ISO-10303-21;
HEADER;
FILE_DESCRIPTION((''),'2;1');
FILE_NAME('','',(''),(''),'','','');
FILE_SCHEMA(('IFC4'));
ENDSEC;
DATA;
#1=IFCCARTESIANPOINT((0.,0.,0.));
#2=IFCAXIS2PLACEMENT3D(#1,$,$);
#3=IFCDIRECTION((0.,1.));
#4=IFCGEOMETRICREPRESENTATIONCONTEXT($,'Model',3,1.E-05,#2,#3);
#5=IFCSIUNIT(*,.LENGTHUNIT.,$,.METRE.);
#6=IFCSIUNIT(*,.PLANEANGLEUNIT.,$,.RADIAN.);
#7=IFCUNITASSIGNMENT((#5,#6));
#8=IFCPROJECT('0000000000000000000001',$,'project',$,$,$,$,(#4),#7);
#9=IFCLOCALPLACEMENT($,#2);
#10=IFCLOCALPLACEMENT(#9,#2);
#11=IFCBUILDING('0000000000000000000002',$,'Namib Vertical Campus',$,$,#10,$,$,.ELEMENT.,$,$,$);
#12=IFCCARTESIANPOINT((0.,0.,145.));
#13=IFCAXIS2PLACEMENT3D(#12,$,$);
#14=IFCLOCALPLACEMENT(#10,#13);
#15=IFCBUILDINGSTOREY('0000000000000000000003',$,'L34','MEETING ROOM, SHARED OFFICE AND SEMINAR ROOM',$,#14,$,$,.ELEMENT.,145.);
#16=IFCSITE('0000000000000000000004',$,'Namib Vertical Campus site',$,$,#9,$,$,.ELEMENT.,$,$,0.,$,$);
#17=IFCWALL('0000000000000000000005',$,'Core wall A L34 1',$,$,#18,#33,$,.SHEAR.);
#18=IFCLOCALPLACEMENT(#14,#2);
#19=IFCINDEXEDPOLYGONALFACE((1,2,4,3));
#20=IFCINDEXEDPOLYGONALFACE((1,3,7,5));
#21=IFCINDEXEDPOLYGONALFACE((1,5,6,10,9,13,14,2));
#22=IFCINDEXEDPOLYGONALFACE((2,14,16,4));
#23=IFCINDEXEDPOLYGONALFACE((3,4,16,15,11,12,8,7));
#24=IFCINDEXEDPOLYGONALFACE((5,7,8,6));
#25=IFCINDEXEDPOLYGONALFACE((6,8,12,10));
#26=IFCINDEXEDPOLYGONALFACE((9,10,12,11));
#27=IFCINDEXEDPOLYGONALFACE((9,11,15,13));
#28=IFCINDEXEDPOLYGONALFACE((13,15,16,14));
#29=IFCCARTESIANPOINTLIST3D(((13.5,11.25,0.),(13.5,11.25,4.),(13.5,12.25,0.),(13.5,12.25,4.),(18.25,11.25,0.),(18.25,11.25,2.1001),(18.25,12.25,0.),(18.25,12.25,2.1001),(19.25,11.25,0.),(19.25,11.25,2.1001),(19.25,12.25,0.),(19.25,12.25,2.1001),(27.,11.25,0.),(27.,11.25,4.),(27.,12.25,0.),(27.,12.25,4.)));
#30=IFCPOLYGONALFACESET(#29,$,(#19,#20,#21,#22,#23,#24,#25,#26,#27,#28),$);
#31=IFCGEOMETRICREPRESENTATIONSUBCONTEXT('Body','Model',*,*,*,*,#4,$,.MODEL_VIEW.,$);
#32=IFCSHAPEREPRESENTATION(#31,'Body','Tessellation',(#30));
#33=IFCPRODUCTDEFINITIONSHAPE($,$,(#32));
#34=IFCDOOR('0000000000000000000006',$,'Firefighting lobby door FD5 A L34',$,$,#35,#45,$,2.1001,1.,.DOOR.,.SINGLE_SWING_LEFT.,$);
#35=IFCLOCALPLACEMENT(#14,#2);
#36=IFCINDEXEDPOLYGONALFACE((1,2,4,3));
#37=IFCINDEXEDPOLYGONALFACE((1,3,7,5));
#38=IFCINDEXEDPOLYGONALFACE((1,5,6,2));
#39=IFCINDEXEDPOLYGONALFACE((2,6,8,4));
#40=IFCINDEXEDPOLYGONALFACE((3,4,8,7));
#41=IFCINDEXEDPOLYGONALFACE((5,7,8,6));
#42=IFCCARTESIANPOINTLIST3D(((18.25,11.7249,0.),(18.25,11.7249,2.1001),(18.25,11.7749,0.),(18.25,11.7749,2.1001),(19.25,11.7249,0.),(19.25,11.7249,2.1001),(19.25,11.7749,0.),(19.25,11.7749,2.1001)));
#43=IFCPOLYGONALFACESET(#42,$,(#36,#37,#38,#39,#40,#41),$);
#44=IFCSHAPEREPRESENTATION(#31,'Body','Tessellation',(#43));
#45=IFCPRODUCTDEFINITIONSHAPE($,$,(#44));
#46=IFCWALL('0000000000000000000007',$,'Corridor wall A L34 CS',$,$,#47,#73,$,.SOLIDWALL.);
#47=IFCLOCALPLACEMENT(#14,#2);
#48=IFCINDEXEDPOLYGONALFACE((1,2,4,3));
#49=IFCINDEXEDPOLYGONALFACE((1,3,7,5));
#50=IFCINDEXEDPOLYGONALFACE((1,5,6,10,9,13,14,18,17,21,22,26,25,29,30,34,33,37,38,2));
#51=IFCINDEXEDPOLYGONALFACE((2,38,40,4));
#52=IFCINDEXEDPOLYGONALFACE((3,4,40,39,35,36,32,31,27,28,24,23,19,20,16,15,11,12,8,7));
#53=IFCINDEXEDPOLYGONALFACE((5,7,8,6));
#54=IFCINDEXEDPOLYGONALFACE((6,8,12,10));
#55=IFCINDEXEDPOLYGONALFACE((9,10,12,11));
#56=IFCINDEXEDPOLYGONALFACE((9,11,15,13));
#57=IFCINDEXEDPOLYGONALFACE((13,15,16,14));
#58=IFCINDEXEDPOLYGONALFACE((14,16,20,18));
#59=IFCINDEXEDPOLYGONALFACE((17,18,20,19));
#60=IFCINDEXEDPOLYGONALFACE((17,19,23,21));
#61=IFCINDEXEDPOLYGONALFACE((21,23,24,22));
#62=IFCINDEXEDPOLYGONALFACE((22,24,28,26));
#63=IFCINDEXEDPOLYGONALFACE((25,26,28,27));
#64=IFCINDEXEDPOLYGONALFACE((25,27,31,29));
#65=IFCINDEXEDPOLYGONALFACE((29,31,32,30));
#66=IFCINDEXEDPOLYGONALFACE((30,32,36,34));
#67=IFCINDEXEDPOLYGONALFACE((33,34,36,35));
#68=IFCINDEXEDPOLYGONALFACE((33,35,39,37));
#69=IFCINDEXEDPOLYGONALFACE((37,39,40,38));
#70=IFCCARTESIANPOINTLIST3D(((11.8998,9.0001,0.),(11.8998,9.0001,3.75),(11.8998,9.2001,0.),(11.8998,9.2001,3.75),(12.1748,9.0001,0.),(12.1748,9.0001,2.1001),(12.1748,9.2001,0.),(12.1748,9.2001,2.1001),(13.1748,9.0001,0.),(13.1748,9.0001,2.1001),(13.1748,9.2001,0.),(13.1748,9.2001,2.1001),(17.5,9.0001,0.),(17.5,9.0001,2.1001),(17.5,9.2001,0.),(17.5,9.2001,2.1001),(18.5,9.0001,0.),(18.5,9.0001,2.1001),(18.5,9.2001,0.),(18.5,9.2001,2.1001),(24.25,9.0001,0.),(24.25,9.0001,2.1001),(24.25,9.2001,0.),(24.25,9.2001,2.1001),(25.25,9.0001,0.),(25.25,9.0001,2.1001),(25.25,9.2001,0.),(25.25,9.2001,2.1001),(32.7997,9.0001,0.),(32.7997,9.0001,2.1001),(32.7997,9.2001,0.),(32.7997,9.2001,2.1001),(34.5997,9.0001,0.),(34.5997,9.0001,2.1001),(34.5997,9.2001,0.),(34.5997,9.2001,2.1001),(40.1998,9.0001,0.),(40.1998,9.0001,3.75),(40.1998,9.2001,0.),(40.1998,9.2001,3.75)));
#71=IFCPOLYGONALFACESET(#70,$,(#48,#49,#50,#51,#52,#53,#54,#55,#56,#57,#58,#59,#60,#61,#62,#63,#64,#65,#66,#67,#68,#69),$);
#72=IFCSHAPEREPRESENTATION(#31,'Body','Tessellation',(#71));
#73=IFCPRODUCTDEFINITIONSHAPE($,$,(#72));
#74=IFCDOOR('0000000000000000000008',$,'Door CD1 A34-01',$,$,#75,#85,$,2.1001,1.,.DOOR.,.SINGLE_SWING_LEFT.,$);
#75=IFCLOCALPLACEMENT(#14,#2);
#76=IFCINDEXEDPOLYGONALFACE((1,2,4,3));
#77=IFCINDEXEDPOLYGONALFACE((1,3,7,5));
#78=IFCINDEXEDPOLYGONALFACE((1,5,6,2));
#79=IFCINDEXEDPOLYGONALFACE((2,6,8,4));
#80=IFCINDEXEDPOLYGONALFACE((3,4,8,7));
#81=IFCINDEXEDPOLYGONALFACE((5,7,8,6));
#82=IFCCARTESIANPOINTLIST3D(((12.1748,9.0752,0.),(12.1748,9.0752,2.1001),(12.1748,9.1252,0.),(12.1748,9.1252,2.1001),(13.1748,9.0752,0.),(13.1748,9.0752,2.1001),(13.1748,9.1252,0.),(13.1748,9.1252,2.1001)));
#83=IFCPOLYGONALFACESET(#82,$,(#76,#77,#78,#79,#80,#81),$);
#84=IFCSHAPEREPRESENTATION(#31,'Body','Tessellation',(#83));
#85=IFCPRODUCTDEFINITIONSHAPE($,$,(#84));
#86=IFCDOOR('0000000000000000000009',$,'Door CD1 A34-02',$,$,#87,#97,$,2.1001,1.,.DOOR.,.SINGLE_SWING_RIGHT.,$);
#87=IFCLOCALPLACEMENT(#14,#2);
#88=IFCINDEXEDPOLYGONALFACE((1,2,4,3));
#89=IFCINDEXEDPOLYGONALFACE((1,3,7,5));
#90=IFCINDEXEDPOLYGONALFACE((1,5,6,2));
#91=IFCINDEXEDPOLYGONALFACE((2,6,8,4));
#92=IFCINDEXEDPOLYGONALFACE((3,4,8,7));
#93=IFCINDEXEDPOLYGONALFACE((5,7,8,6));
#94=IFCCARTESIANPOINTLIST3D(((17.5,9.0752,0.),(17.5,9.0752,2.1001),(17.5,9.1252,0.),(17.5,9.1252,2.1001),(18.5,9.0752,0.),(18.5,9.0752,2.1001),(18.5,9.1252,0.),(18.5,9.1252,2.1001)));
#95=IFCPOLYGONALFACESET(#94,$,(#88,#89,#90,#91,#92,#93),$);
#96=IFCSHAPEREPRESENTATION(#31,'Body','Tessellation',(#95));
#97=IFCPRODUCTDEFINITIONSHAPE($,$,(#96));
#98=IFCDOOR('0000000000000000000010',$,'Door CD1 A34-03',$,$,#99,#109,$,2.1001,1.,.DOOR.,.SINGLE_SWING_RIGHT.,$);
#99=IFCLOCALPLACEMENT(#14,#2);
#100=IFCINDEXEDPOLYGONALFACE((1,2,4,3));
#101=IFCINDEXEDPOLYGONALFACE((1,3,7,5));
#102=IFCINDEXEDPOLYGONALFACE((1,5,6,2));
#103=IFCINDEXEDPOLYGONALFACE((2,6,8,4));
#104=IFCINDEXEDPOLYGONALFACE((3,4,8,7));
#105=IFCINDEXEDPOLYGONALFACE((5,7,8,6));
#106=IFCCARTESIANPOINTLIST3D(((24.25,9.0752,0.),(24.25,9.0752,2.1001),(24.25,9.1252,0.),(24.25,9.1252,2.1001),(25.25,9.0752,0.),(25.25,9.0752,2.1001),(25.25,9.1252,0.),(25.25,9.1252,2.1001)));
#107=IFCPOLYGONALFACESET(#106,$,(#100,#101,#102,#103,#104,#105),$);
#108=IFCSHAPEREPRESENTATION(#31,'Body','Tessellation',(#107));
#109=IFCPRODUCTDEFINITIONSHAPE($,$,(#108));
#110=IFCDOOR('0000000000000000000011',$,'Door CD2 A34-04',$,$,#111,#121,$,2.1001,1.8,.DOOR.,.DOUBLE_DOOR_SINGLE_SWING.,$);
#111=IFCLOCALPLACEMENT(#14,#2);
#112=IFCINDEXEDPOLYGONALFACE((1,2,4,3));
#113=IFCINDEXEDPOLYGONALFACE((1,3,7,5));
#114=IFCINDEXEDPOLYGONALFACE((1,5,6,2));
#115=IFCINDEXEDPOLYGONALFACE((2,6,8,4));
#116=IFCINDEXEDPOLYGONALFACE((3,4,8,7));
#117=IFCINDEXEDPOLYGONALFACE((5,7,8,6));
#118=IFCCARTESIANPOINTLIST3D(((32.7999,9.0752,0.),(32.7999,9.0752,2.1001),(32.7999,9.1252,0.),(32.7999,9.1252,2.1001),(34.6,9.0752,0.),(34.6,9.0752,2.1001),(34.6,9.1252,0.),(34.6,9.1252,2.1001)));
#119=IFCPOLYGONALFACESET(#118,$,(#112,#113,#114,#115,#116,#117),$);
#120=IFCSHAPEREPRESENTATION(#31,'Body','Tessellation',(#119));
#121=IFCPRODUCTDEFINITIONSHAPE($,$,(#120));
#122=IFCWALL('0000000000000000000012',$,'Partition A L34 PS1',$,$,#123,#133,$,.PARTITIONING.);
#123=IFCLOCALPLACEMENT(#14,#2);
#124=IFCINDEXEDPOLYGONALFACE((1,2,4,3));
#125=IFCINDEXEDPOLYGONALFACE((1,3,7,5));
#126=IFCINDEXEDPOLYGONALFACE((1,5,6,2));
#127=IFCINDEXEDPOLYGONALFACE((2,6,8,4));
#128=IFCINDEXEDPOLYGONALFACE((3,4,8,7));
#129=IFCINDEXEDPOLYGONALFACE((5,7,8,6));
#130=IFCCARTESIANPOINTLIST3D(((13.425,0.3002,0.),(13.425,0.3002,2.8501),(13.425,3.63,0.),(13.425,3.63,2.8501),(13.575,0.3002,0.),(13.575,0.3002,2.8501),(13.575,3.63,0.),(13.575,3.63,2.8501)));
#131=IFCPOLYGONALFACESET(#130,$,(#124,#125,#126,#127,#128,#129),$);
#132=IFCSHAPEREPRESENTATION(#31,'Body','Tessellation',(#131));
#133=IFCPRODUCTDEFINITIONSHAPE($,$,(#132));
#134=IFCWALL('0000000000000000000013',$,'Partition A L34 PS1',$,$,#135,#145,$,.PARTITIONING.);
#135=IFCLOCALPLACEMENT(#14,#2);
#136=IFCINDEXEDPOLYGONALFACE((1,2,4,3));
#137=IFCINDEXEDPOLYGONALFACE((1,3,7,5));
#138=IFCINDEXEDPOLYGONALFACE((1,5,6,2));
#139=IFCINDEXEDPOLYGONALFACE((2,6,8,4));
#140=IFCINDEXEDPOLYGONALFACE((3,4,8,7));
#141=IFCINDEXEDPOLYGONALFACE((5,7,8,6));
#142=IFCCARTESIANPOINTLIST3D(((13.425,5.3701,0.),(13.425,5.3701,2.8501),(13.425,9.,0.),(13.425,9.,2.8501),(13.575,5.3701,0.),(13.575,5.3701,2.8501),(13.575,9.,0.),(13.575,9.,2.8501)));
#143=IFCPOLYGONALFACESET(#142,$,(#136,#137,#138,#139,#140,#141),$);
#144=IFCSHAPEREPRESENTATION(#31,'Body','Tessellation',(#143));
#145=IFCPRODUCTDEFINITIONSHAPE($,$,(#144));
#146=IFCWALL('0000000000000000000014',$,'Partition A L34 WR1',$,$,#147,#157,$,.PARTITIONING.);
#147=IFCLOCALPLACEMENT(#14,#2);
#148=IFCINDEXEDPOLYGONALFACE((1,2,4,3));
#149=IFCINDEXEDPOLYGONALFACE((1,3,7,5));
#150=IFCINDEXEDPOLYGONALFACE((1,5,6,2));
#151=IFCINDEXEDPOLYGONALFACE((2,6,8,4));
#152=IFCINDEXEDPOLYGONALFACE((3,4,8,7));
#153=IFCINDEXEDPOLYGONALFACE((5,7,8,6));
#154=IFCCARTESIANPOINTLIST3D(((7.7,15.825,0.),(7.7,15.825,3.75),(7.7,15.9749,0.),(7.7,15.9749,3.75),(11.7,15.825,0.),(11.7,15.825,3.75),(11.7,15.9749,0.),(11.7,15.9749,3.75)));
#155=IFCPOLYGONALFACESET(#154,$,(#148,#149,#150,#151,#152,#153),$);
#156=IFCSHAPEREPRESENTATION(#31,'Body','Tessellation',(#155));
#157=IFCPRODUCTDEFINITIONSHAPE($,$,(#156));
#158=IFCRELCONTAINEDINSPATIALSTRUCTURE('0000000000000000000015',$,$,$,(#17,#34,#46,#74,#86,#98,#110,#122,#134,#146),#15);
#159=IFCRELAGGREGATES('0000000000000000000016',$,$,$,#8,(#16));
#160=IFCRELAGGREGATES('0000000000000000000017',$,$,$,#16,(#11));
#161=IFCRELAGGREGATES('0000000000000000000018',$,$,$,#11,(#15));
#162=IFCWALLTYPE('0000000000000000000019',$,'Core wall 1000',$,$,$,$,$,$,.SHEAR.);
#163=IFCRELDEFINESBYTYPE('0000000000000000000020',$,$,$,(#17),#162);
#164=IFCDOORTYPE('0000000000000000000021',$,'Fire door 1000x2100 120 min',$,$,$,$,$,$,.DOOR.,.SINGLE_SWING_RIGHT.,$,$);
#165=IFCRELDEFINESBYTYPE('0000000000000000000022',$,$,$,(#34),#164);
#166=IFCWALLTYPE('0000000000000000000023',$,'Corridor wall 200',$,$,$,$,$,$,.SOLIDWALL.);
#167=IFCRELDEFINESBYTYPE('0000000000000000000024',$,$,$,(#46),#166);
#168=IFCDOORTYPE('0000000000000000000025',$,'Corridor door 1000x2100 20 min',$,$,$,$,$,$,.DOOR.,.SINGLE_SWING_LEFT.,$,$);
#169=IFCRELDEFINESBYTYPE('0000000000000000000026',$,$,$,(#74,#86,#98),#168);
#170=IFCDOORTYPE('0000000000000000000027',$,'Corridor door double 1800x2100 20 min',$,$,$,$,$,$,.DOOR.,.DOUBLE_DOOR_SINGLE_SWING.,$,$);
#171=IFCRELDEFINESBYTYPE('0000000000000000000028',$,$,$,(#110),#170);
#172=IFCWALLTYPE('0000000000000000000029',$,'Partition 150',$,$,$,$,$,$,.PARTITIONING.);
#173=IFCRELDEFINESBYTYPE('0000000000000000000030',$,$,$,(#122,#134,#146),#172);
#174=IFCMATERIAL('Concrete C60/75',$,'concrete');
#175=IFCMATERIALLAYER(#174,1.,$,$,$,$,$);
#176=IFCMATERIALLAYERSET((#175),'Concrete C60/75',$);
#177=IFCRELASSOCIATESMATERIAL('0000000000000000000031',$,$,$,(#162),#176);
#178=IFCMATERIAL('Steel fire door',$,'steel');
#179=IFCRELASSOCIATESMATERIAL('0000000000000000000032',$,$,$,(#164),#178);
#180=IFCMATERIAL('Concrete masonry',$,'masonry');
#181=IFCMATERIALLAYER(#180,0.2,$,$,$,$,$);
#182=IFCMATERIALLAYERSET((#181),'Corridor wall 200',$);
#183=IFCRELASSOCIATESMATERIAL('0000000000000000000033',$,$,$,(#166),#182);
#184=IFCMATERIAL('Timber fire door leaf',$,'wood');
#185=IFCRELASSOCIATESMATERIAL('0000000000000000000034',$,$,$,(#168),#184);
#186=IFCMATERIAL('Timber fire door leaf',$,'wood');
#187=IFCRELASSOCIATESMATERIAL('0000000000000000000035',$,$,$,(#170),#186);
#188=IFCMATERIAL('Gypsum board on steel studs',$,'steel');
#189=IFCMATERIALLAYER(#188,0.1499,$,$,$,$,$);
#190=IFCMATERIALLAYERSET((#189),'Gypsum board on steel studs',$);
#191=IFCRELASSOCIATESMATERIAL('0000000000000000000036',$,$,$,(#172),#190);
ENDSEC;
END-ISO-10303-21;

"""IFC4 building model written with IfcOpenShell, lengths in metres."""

from ifc_helpers import new_model, si_unit, direction, frame, frame_2d, origin, place, context, subcontext, project, spatial, rectangle, extrude, material, layer, layer_set, type_object, element, fill, save


model = new_model("IFC4")

# Units and contexts
model_context = context("Model", 3, precision=1e-05, world=origin(), true_north=direction((0.0, 1.0)))
body_context = subcontext(model_context, "Body", "Model", "MODEL_VIEW")
ifc_project = project(units=[si_unit("LENGTHUNIT", "METRE"), si_unit("PLANEANGLEUNIT", "RADIAN")], contexts=[model_context])

# Site, building, storey
site_placement = place(None, origin())
site = spatial("IfcSite", under=ifc_project, at=site_placement, Name="Namib Vertical Campus site", CompositionType="ELEMENT", RefElevation=0.0)
building_placement = place(site_placement, origin())
building = spatial("IfcBuilding", under=site, at=building_placement, Name="Namib Vertical Campus", CompositionType="ELEMENT")
storey_placement = place(building_placement, frame((0.0, 0.0, 145.0)))
storey = spatial("IfcBuildingStorey", under=building, at=storey_placement, Name="L34", Description="MEETING ROOM, SHARED OFFICE AND SEMINAR ROOM", CompositionType="ELEMENT", Elevation=145.0)

# Wall, opening, door
ifc_material_1 = material(Name="Concrete C60/75", Category="concrete")
ifc_layer_1 = layer(ifc_material_1, 1.0)
ifc_layer_set_1 = layer_set([ifc_layer_1], Name="Concrete C60/75")
wall_type_1 = type_object("IfcWallType", Name="Core wall 1000", PredefinedType="SHEAR", material=ifc_layer_set_1)
wall_1_placement = place(storey_placement, frame((13.5, 11.75, 0.0), z_axis=(0.0, 0.0, 1.0), x_axis=(1.0, 0.0, 0.0)))
wall_1 = element("IfcWall", 1, at=wall_1_placement, inside=storey, type_object=wall_type_1, Name="Core wall A L34 1", PredefinedType="SHEAR", context=body_context, shape_type="SweptSolid", body=[
    extrude(rectangle(XDim=13.5, YDim=1.0, at=frame_2d((6.75, 0.0))), origin(), (0.0, 0.0, 1.0), 4.0),
])
opening_1_placement = place(wall_1_placement, frame((4.75, 0.0, 0.0)))
opening_1 = element("IfcOpeningElement", 2, at=opening_1_placement, cuts=wall_1, PredefinedType="OPENING", context=body_context, shape_type="SweptSolid", body=[
    extrude(rectangle(XDim=1.0, YDim=2.1001, at=frame_2d((0.5, 1.05))), frame((0.0, 0.51, 0.0), z_axis=(0.0, -1.0, 0.0), x_axis=(1.0, 0.0, 0.0)), (0.0, 0.0, 1.0), 1.02),
])
ifc_material_2 = material(Name="Steel fire door", Category="steel")
door_type_1 = type_object("IfcDoorType", Name="Fire door 1000x2100 120 min", OperationType="SINGLE_SWING_RIGHT", PredefinedType="DOOR", material=ifc_material_2)
door_1_placement = place(opening_1_placement, origin())
door_1 = element("IfcDoor", 3, at=door_1_placement, inside=storey, type_object=door_type_1, Name="Firefighting lobby door FD5 A L34", OperationType="SINGLE_SWING_LEFT", OverallHeight=2.1001, OverallWidth=1.0, PredefinedType="DOOR", context=body_context, shape_type="SweptSolid", body=[
    extrude(rectangle(XDim=1.0, YDim=2.1001, at=frame_2d((0.5, 1.05))), frame((0.0, 0.0249, 0.0), z_axis=(0.0, -1.0, 0.0), x_axis=(1.0, 0.0, 0.0)), (0.0, 0.0, 1.0), 0.05),
])
fill(opening_1, door_1)

# Wall, openings, doors
ifc_material_3 = material(Name="Concrete masonry", Category="masonry")
ifc_layer_2 = layer(ifc_material_3, 0.2)
ifc_layer_set_2 = layer_set([ifc_layer_2], Name="Corridor wall 200")
wall_type_2 = type_object("IfcWallType", Name="Corridor wall 200", PredefinedType="SOLIDWALL", material=ifc_layer_set_2)
wall_2_placement = place(storey_placement, frame((11.8999, 9.1001, 0.0), z_axis=(0.0, 0.0, 1.0), x_axis=(1.0, 0.0, 0.0)))
wall_2 = element("IfcWall", 4, at=wall_2_placement, inside=storey, type_object=wall_type_2, Name="Corridor wall A L34 CS", PredefinedType="SOLIDWALL", context=body_context, shape_type="SweptSolid", body=[
    extrude(rectangle(XDim=28.3, YDim=0.2, at=frame_2d((14.1499, 0.0))), origin(), (0.0, 0.0, 1.0), 3.75),
])
opening_2_placement = place(wall_2_placement, frame((0.2749, 0.0, 0.0)))
opening_2 = element("IfcOpeningElement", 5, at=opening_2_placement, cuts=wall_2, PredefinedType="OPENING", context=body_context, shape_type="SweptSolid", body=[
    extrude(rectangle(XDim=1.0, YDim=2.1001, at=frame_2d((0.5, 1.05))), frame((0.0, 0.1099, 0.0), z_axis=(0.0, -1.0, 0.0), x_axis=(1.0, 0.0, 0.0)), (0.0, 0.0, 1.0), 0.22),
])
opening_3_placement = place(wall_2_placement, frame((5.6001, 0.0, 0.0)))
opening_3 = element("IfcOpeningElement", 6, at=opening_3_placement, cuts=wall_2, PredefinedType="OPENING", context=body_context, shape_type="SweptSolid", body=[
    extrude(rectangle(XDim=1.0, YDim=2.1001, at=frame_2d((0.5, 1.05))), frame((0.0, 0.1099, 0.0), z_axis=(0.0, -1.0, 0.0), x_axis=(1.0, 0.0, 0.0)), (0.0, 0.0, 1.0), 0.22),
])
opening_4_placement = place(wall_2_placement, frame((12.3501, 0.0, 0.0)))
opening_4 = element("IfcOpeningElement", 7, at=opening_4_placement, cuts=wall_2, PredefinedType="OPENING", context=body_context, shape_type="SweptSolid", body=[
    extrude(rectangle(XDim=1.0, YDim=2.1001, at=frame_2d((0.5, 1.05))), frame((0.0, 0.1099, 0.0), z_axis=(0.0, -1.0, 0.0), x_axis=(1.0, 0.0, 0.0)), (0.0, 0.0, 1.0), 0.22),
])
opening_5_placement = place(wall_2_placement, frame((20.8999, 0.0, 0.0)))
opening_5 = element("IfcOpeningElement", 8, at=opening_5_placement, cuts=wall_2, PredefinedType="OPENING", context=body_context, shape_type="SweptSolid", body=[
    extrude(rectangle(XDim=1.8, YDim=2.1001, at=frame_2d((0.8999, 1.05))), frame((0.0, 0.1099, 0.0), z_axis=(0.0, -1.0, 0.0), x_axis=(1.0, 0.0, 0.0)), (0.0, 0.0, 1.0), 0.22),
])
ifc_material_4 = material(Name="Timber fire door leaf", Category="wood")
door_type_2 = type_object("IfcDoorType", Name="Corridor door 1000x2100 20 min", OperationType="SINGLE_SWING_LEFT", PredefinedType="DOOR", material=ifc_material_4)
door_2_placement = place(opening_2_placement, frame((1.0, 0.0, 0.0), z_axis=(0.0, 0.0, 1.0), x_axis=(-1.0, 0.0, 0.0)))
door_2 = element("IfcDoor", 9, at=door_2_placement, inside=storey, type_object=door_type_2, Name="Door CD1 A34-01", OperationType="SINGLE_SWING_LEFT", OverallHeight=2.1001, OverallWidth=1.0, PredefinedType="DOOR", context=body_context, shape_type="SweptSolid", body=[
    extrude(rectangle(XDim=1.0, YDim=2.1001, at=frame_2d((0.5, 1.05))), frame((0.0, 0.0249, 0.0), z_axis=(0.0, -1.0, 0.0), x_axis=(1.0, 0.0, 0.0)), (0.0, 0.0, 1.0), 0.05),
])
fill(opening_2, door_2)
door_3_placement = place(opening_3_placement, frame((1.0, 0.0, 0.0), z_axis=(0.0, 0.0, 1.0), x_axis=(-1.0, 0.0, 0.0)))
door_3 = element("IfcDoor", 10, at=door_3_placement, inside=storey, type_object=door_type_2, Name="Door CD1 A34-02", OperationType="SINGLE_SWING_RIGHT", OverallHeight=2.1001, OverallWidth=1.0, PredefinedType="DOOR", context=body_context, shape_type="SweptSolid", body=[
    extrude(rectangle(XDim=1.0, YDim=2.1001, at=frame_2d((0.5, 1.05))), frame((0.0, 0.0249, 0.0), z_axis=(0.0, -1.0, 0.0), x_axis=(1.0, 0.0, 0.0)), (0.0, 0.0, 1.0), 0.05),
])
fill(opening_3, door_3)
door_4_placement = place(opening_4_placement, frame((1.0, 0.0, 0.0), z_axis=(0.0, 0.0, 1.0), x_axis=(-1.0, 0.0, 0.0)))
door_4 = element("IfcDoor", 11, at=door_4_placement, inside=storey, type_object=door_type_2, Name="Door CD1 A34-03", OperationType="SINGLE_SWING_RIGHT", OverallHeight=2.1001, OverallWidth=1.0, PredefinedType="DOOR", context=body_context, shape_type="SweptSolid", body=[
    extrude(rectangle(XDim=1.0, YDim=2.1001, at=frame_2d((0.5, 1.05))), frame((0.0, 0.0249, 0.0), z_axis=(0.0, -1.0, 0.0), x_axis=(1.0, 0.0, 0.0)), (0.0, 0.0, 1.0), 0.05),
])
fill(opening_4, door_4)
ifc_material_5 = material(Name="Timber fire door leaf", Category="wood")
door_type_3 = type_object("IfcDoorType", Name="Corridor door double 1800x2100 20 min", OperationType="DOUBLE_DOOR_SINGLE_SWING", PredefinedType="DOOR", material=ifc_material_5)
door_5_placement = place(opening_5_placement, frame((1.8, 0.0, 0.0), z_axis=(0.0, 0.0, 1.0), x_axis=(-1.0, 0.0, 0.0)))
door_5 = element("IfcDoor", 12, at=door_5_placement, inside=storey, type_object=door_type_3, Name="Door CD2 A34-04", OperationType="DOUBLE_DOOR_SINGLE_SWING", OverallHeight=2.1001, OverallWidth=1.8, PredefinedType="DOOR", context=body_context, shape_type="SweptSolid", body=[
    extrude(rectangle(XDim=1.8, YDim=2.1001, at=frame_2d((0.8999, 1.05))), frame((0.0, 0.0249, 0.0), z_axis=(0.0, -1.0, 0.0), x_axis=(1.0, 0.0, 0.0)), (0.0, 0.0, 1.0), 0.05),
])
fill(opening_5, door_5)

# Walls
ifc_material_6 = material(Name="Gypsum board on steel studs", Category="steel")
ifc_layer_3 = layer(ifc_material_6, 0.1499)
ifc_layer_set_3 = layer_set([ifc_layer_3], Name="Gypsum board on steel studs")
wall_type_3 = type_object("IfcWallType", Name="Partition 150", PredefinedType="PARTITIONING", material=ifc_layer_set_3)
wall_3_placement = place(storey_placement, frame((13.5, 0.3, 0.0), z_axis=(0.0, 0.0, 1.0), x_axis=(0.0, 1.0, 0.0)))
element("IfcWall", 13, at=wall_3_placement, inside=storey, type_object=wall_type_3, Name="Partition A L34 PS1", PredefinedType="PARTITIONING", context=body_context, shape_type="SweptSolid", body=[
    extrude(rectangle(XDim=3.3298, YDim=0.1499, at=frame_2d((1.665, 0.0))), origin(), (0.0, 0.0, 1.0), 2.8501),
])
wall_4_placement = place(storey_placement, frame((13.5, 5.3701, 0.0), z_axis=(0.0, 0.0, 1.0), x_axis=(0.0, 1.0, 0.0)))
element("IfcWall", 14, at=wall_4_placement, inside=storey, type_object=wall_type_3, Name="Partition A L34 PS1", PredefinedType="PARTITIONING", context=body_context, shape_type="SweptSolid", body=[
    extrude(rectangle(XDim=3.6299, YDim=0.1499, at=frame_2d((1.8149, 0.0))), origin(), (0.0, 0.0, 1.0), 2.8501),
])
wall_5_placement = place(storey_placement, frame((11.7, 15.8999, 0.0), z_axis=(0.0, 0.0, 1.0), x_axis=(-1.0, 0.0, 0.0)))
element("IfcWall", 15, at=wall_5_placement, inside=storey, type_object=wall_type_3, Name="Partition A L34 WR1", PredefinedType="PARTITIONING", context=body_context, shape_type="SweptSolid", body=[
    extrude(rectangle(XDim=4.0, YDim=0.1499, at=frame_2d((2.0, 0.0))), origin(), (0.0, 0.0, 1.0), 3.75),
])

save(model, "model.ifc")
